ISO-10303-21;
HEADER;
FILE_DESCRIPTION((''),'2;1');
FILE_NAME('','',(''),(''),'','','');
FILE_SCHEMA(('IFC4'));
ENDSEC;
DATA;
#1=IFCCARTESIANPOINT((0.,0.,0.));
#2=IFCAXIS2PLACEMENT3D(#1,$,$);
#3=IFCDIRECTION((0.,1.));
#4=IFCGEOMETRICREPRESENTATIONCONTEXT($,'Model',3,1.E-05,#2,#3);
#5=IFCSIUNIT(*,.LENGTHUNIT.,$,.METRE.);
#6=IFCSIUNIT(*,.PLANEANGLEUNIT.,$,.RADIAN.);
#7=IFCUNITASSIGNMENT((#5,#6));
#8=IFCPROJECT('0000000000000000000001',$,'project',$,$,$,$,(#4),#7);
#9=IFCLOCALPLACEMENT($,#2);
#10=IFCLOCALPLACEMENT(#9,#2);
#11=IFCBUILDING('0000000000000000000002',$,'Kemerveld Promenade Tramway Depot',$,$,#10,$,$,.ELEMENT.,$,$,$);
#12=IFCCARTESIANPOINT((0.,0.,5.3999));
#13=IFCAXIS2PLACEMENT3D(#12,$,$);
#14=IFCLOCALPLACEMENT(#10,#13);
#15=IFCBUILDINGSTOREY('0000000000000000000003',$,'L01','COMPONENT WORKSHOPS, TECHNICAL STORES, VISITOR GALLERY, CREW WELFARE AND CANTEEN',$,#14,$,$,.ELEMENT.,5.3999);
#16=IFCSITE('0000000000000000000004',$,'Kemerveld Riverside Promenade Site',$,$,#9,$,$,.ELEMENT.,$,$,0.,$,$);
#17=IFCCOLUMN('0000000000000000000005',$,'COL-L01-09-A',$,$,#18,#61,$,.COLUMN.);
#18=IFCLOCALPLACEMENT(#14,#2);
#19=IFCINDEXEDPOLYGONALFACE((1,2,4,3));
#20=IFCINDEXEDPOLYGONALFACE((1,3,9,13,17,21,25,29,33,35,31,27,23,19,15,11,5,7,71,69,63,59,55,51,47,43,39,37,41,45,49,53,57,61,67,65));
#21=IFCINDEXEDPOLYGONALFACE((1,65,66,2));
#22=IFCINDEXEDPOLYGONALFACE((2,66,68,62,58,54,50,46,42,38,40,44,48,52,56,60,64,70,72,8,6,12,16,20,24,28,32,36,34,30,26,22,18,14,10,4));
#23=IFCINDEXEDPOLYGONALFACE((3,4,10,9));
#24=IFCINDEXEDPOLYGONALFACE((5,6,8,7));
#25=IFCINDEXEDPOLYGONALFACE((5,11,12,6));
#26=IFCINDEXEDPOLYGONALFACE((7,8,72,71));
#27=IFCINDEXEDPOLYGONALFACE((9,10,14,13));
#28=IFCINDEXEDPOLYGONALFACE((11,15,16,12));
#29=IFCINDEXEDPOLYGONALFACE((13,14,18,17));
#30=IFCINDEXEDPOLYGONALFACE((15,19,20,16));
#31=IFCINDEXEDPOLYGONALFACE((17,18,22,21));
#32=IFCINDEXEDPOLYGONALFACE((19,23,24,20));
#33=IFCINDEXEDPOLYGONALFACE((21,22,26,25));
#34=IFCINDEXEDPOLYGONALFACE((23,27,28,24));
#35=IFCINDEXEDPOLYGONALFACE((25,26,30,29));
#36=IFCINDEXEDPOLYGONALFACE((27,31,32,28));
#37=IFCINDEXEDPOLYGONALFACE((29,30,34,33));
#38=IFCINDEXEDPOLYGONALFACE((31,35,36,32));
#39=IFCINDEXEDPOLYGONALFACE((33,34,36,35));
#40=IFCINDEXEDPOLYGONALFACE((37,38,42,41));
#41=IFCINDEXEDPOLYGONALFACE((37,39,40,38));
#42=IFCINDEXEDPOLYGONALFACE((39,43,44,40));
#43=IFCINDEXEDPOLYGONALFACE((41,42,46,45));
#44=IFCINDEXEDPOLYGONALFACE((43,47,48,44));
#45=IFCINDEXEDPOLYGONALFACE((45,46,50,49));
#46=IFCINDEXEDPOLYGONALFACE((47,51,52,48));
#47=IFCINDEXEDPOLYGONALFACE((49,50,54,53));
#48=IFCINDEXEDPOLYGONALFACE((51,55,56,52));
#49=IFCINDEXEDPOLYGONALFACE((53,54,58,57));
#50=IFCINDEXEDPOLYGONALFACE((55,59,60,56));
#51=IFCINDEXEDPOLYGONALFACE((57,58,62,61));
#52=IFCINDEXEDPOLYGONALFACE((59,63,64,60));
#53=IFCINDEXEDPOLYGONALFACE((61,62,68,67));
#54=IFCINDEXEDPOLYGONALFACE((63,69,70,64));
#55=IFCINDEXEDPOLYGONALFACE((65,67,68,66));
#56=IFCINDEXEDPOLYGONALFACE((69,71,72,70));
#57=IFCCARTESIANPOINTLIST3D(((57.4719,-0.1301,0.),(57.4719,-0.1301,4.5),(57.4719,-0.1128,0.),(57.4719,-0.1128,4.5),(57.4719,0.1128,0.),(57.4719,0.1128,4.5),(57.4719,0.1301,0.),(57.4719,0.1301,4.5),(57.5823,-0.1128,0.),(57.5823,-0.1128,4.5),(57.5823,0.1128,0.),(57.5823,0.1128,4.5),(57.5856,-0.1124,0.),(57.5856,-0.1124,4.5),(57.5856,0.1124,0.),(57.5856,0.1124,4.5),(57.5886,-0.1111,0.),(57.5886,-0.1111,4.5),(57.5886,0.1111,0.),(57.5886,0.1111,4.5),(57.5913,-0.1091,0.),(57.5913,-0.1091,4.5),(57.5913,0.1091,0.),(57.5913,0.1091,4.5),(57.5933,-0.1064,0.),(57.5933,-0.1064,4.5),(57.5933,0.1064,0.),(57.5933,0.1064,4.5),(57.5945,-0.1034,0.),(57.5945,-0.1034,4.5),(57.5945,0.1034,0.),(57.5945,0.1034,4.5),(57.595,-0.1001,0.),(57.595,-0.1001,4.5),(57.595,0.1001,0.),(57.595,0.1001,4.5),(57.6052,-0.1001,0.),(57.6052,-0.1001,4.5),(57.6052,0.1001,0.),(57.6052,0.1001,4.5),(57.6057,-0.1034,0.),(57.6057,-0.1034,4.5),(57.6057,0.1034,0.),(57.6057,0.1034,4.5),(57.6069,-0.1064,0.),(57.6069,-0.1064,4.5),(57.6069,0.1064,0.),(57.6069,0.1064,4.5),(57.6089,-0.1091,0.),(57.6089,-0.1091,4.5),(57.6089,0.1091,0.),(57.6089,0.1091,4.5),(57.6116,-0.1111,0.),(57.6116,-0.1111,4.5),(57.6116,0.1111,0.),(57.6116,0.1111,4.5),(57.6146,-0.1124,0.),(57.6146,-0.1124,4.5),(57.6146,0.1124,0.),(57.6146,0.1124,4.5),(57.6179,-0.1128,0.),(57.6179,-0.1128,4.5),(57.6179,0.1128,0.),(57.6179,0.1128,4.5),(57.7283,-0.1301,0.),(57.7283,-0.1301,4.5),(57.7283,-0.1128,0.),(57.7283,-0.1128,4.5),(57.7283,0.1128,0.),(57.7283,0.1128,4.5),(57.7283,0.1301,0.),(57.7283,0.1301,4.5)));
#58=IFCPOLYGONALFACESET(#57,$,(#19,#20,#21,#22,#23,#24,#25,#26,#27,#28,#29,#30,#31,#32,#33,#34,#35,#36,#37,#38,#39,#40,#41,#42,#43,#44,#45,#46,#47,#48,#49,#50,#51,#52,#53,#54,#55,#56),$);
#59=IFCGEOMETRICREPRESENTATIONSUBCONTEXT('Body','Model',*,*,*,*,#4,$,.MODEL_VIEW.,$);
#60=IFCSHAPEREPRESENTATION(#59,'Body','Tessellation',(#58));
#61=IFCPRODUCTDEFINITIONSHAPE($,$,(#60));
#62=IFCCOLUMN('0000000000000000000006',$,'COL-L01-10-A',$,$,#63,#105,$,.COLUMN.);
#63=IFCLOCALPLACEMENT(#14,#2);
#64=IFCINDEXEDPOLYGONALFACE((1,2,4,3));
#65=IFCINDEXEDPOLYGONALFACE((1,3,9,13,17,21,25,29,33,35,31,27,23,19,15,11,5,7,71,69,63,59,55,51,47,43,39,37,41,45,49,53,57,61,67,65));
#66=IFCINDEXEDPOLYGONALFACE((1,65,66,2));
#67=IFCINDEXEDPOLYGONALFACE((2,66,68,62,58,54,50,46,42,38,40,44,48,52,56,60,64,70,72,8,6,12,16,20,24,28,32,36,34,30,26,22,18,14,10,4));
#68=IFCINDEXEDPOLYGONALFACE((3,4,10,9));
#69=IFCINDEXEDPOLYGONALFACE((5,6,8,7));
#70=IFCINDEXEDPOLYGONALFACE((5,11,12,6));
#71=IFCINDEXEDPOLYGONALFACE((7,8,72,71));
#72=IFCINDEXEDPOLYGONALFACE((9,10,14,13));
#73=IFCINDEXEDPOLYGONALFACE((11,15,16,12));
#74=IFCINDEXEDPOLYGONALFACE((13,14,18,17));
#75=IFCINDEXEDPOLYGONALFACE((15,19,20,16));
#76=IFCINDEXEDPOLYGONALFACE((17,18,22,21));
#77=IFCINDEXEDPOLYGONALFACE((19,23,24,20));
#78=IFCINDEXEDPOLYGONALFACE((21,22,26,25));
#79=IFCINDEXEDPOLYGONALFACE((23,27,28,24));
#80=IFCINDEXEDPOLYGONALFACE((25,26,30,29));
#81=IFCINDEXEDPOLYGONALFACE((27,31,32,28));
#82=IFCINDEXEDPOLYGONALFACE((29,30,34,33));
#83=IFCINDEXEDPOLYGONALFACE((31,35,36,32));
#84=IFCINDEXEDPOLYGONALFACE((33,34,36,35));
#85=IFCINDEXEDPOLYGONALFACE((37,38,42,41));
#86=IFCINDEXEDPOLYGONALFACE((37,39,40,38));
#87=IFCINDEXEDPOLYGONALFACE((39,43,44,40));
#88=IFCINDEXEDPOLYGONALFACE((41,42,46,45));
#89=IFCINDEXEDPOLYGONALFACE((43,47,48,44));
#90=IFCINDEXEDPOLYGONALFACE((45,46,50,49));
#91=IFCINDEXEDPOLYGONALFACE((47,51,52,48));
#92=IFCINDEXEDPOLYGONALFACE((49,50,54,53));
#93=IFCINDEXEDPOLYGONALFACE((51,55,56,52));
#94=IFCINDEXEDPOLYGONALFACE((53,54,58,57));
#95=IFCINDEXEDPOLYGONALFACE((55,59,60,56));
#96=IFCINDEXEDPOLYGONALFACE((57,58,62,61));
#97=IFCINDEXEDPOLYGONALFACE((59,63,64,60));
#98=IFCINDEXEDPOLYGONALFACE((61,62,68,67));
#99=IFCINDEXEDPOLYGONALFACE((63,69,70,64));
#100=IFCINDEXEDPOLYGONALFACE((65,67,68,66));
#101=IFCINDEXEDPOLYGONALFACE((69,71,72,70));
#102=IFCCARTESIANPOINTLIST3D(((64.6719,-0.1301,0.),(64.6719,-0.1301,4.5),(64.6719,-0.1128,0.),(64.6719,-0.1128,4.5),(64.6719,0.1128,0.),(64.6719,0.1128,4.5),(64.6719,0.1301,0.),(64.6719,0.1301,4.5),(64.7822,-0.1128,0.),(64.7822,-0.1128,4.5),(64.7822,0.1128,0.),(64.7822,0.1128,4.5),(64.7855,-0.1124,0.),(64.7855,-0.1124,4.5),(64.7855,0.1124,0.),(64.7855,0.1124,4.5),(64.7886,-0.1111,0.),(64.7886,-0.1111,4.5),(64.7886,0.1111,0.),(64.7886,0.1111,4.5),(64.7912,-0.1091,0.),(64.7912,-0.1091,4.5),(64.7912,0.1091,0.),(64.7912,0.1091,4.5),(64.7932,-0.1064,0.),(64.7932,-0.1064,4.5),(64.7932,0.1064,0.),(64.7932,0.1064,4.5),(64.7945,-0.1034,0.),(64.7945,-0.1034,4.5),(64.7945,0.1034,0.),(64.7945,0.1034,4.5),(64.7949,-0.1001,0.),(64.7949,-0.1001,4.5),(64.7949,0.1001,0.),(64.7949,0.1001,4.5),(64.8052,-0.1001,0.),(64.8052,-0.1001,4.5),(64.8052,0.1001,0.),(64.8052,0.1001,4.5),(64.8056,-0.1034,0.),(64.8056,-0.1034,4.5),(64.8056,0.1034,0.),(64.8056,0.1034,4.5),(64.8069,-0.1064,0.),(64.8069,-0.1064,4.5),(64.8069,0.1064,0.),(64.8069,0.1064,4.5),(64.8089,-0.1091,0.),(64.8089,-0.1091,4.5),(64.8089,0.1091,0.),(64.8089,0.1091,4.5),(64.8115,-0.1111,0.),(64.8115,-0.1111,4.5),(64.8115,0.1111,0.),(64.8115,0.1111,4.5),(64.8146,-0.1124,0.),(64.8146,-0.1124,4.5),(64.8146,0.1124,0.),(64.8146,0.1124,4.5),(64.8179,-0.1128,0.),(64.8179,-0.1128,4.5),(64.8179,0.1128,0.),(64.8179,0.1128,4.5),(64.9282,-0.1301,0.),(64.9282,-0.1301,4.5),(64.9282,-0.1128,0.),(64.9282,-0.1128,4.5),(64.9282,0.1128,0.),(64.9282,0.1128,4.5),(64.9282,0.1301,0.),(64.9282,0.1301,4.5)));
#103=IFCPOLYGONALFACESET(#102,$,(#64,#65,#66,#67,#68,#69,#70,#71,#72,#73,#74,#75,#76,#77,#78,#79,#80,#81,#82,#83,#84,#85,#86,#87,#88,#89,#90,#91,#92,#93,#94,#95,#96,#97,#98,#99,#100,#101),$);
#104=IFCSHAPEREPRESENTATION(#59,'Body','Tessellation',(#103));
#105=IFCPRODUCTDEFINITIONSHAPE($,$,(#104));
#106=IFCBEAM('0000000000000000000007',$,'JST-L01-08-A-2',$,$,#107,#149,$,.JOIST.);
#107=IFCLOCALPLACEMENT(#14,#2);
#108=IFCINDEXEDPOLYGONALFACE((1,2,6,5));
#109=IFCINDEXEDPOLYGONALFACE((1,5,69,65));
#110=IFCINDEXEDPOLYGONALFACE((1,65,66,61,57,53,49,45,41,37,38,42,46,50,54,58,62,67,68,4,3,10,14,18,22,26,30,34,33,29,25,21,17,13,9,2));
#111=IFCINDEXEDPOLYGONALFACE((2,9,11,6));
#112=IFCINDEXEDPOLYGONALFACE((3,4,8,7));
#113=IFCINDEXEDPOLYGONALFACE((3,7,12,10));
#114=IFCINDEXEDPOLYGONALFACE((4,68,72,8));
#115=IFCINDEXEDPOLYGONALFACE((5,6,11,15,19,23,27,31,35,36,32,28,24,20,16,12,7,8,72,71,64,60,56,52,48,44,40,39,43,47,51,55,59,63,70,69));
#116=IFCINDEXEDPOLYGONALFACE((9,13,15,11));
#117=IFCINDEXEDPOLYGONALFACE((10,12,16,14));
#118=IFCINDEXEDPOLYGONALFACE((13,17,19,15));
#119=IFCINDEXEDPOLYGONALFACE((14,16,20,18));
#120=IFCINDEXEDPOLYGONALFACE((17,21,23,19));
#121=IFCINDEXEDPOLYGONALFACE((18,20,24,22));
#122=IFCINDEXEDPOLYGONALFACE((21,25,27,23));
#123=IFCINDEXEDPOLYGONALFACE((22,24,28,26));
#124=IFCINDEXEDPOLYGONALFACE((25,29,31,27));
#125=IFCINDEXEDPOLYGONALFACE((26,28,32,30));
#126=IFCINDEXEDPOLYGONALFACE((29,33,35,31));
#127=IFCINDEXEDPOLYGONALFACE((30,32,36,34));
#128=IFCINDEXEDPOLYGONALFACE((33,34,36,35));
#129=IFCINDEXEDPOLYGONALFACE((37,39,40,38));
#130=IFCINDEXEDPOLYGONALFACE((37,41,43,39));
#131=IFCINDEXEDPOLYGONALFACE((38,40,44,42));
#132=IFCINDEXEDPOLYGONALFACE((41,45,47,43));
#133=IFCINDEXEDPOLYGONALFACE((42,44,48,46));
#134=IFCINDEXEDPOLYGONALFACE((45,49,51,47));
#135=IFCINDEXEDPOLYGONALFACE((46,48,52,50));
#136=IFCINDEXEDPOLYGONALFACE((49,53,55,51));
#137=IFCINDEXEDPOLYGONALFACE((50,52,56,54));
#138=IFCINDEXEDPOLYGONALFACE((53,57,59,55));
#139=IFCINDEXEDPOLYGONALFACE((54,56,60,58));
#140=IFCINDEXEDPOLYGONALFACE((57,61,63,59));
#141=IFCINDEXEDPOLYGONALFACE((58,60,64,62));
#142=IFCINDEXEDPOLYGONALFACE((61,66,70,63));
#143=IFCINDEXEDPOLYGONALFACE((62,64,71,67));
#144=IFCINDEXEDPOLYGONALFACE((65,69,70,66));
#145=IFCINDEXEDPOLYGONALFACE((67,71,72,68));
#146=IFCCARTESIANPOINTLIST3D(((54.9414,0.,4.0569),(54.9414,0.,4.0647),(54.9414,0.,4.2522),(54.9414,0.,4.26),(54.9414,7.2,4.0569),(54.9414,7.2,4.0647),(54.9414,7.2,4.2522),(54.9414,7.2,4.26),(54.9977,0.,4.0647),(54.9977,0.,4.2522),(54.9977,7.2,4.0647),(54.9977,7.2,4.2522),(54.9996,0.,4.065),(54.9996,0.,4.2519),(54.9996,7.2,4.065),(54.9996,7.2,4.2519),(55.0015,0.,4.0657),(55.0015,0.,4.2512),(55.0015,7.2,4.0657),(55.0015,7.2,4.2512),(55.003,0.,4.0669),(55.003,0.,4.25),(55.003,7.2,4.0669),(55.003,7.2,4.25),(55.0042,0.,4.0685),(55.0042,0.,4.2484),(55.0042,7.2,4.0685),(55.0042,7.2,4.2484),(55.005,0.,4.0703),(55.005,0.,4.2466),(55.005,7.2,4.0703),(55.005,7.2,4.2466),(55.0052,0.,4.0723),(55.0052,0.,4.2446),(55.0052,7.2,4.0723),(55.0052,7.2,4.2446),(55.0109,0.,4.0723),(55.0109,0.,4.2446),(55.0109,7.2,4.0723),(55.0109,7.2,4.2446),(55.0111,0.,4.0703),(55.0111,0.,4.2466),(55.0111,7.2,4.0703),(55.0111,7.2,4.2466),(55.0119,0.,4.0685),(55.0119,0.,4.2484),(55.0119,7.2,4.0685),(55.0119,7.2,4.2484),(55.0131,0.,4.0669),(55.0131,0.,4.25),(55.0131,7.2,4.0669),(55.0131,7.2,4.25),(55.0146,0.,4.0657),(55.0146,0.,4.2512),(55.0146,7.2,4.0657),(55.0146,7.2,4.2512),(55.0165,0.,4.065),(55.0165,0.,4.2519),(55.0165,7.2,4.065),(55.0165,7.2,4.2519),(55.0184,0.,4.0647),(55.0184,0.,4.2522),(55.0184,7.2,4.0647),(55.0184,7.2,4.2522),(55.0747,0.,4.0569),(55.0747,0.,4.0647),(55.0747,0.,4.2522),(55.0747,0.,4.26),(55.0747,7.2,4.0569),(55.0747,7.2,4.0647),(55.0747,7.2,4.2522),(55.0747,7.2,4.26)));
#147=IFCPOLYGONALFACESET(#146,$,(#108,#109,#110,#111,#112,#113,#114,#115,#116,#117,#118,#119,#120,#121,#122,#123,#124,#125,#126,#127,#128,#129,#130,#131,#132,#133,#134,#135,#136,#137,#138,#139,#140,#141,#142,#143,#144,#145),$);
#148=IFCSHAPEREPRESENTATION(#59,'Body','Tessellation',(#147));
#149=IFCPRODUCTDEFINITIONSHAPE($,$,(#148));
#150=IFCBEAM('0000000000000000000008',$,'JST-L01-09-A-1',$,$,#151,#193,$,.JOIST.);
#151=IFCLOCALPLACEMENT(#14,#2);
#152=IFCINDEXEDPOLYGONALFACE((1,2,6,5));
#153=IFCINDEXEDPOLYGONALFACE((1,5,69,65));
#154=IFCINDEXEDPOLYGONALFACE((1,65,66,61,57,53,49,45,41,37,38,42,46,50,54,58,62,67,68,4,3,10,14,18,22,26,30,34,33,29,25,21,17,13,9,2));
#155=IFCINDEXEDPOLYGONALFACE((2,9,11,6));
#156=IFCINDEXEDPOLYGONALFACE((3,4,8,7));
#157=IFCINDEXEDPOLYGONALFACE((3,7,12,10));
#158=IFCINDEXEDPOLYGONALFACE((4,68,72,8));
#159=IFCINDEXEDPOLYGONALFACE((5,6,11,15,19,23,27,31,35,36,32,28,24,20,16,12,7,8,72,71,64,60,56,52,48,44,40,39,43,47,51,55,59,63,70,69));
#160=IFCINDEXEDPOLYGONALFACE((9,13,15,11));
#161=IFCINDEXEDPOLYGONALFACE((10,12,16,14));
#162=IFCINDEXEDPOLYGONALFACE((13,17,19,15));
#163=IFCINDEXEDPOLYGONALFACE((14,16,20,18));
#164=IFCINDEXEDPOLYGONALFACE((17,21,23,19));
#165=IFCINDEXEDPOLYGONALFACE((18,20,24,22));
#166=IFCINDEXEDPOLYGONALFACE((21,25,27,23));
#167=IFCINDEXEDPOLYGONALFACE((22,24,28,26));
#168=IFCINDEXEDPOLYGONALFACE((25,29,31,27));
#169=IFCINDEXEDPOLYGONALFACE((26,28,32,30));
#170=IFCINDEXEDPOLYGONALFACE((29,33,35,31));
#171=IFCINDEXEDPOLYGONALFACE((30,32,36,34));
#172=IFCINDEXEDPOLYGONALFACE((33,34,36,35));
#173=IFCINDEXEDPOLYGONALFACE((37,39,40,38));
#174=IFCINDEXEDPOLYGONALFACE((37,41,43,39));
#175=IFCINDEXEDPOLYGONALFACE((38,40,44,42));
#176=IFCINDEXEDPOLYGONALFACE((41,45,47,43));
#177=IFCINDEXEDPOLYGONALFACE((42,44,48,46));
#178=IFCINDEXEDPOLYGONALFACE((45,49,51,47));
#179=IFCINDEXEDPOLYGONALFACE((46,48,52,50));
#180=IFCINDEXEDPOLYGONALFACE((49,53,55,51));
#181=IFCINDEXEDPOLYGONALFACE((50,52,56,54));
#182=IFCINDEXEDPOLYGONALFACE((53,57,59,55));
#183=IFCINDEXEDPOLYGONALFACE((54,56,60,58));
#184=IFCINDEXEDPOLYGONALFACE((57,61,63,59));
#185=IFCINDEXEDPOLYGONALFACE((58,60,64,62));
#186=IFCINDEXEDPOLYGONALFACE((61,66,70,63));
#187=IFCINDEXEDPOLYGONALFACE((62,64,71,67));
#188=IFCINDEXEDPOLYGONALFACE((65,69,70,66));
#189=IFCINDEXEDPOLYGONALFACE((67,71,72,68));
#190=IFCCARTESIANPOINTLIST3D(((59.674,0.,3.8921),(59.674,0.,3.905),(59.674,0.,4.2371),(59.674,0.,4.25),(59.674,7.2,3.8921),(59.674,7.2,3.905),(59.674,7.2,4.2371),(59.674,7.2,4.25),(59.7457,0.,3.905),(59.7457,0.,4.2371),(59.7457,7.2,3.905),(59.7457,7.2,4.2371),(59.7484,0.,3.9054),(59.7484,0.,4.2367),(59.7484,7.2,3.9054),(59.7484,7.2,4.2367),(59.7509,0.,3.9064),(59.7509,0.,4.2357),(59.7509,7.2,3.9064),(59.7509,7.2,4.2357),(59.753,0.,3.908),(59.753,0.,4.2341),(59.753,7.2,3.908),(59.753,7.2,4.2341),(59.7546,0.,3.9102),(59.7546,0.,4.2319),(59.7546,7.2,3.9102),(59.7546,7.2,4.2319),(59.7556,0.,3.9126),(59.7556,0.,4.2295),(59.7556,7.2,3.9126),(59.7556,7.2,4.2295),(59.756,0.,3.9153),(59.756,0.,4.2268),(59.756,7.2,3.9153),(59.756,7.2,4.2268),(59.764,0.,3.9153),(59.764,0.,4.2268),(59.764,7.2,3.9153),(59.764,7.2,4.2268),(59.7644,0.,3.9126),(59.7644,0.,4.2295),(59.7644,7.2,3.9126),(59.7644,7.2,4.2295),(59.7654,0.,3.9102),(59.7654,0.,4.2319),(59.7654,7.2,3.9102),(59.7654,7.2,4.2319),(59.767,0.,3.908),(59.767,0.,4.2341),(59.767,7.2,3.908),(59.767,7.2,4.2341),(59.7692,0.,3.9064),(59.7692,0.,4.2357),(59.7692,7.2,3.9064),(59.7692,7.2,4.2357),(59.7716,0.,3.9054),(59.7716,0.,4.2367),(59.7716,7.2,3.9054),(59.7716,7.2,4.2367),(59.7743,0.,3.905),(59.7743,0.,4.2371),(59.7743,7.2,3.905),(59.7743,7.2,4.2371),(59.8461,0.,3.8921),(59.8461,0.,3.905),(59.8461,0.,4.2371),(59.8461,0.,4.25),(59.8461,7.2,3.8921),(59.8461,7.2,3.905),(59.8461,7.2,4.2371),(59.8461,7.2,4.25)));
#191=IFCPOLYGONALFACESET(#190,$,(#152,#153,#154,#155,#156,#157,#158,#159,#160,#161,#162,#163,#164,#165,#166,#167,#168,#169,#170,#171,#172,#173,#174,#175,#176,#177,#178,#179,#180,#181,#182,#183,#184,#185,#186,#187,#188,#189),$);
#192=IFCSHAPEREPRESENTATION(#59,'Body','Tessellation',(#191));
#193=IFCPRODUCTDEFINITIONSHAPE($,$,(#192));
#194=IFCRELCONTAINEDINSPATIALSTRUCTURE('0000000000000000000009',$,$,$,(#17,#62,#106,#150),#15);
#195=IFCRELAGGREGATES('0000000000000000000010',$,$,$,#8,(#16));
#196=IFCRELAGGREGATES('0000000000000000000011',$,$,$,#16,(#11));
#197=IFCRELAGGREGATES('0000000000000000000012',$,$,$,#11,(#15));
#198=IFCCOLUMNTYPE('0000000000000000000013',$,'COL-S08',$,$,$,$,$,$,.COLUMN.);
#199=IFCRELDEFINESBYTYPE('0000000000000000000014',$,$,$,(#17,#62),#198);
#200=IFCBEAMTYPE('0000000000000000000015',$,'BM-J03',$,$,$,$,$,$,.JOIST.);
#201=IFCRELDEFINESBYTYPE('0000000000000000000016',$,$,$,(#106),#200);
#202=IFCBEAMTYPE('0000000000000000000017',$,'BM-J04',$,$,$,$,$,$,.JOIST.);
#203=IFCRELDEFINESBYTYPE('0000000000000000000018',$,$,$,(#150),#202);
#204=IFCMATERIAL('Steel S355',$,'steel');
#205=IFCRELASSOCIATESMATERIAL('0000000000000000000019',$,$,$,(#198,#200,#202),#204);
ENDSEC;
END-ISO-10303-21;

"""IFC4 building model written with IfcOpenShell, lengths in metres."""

from ifc_helpers import new_model, si_unit, direction, frame, origin, origin_2d, place, context, subcontext, project, spatial, i_section, extrude, material, material_profile, profile_set, type_object, element, save


model = new_model("IFC4")

# Units and contexts
model_context = context("Model", 3, precision=1e-05, world=origin(), true_north=direction((0.0, 1.0)))
body_context = subcontext(model_context, "Body", "Model", "MODEL_VIEW")
ifc_project = project(units=[si_unit("LENGTHUNIT", "METRE"), si_unit("PLANEANGLEUNIT", "RADIAN")], contexts=[model_context])

# Site, building, storey
site_placement = place(None, origin())
site = spatial("IfcSite", under=ifc_project, at=site_placement, Name="Kemerveld Riverside Promenade Site", CompositionType="ELEMENT", RefElevation=0.0)
building_placement = place(site_placement, origin())
building = spatial("IfcBuilding", under=site, at=building_placement, Name="Kemerveld Promenade Tramway Depot", CompositionType="ELEMENT")
storey_placement = place(building_placement, frame((0.0, 0.0, 5.3999)))
storey = spatial("IfcBuildingStorey", under=building, at=storey_placement, Name="L01", Description="COMPONENT WORKSHOPS, TECHNICAL STORES, VISITOR GALLERY, CREW WELFARE AND CANTEEN", CompositionType="ELEMENT", Elevation=5.3999)

# Columns
ifc_material_1 = material(Name="Steel S355", Category="steel")
ifc_material_profile_1 = material_profile(ifc_material_1, i_section(OverallWidth=0.2563, OverallDepth=0.2603, WebThickness=0.0103, FlangeThickness=0.0173, FilletRadius=0.0127, at=origin_2d()), Name="254x254x89 UC")
ifc_profile_set_1 = profile_set([ifc_material_profile_1], Name="Steel S355")
column_type = type_object("IfcColumnType", Name="COL-S08", PredefinedType="COLUMN", material=ifc_profile_set_1)
for number, where, z_axis, x_axis, name in (
    (1, (57.6001, 0.0, 0.0), (0.0, 0.0, 1.0), (1.0, 0.0, 0.0), "COL-L01-09-A"),
    (2, (64.8, 0.0, 0.0), (0.0, 0.0, 1.0), (1.0, 0.0, 0.0), "COL-L01-10-A"),
):
    element("IfcColumn", number, at=place(storey_placement, frame(where, z_axis=z_axis, x_axis=x_axis)), inside=storey, type_object=column_type, Name=name, PredefinedType="COLUMN", context=body_context, shape_type="SweptSolid", body=[
        extrude(i_section(OverallWidth=0.2563, OverallDepth=0.2603, WebThickness=0.0103, FlangeThickness=0.0173, FilletRadius=0.0127, at=origin_2d()), origin(), (0.0, 0.0, 1.0), 4.5),
    ])

# Beams
ifc_material_profile_2 = material_profile(ifc_material_1, i_section(OverallWidth=0.1333, OverallDepth=0.2031, WebThickness=0.0056, FlangeThickness=0.0078, FilletRadius=0.0076, at=origin_2d()), Name="203x133x25 UB")
ifc_profile_set_2 = profile_set([ifc_material_profile_2], Name="Steel S355")
beam_type_1 = type_object("IfcBeamType", Name="BM-J03", PredefinedType="JOIST", material=ifc_profile_set_2)
beam_1_placement = place(storey_placement, frame((55.0081, 0.0, 4.1584), z_axis=(0.0, 1.0, 0.0), x_axis=(-1.0, 0.0, 0.0)))
element("IfcBeam", 3, at=beam_1_placement, inside=storey, type_object=beam_type_1, Name="JST-L01-08-A-2", PredefinedType="JOIST", context=body_context, shape_type="SweptSolid", body=[
    extrude(i_section(OverallWidth=0.1333, OverallDepth=0.2031, WebThickness=0.0056, FlangeThickness=0.0078, FilletRadius=0.0076, at=origin_2d()), origin(), (0.0, 0.0, 1.0), 7.2),
])
ifc_material_profile_3 = material_profile(ifc_material_1, i_section(OverallWidth=0.1721, OverallDepth=0.3579, WebThickness=0.0081, FlangeThickness=0.0129, FilletRadius=0.0103, at=origin_2d()), Name="356x171x57 UB")
ifc_profile_set_3 = profile_set([ifc_material_profile_3], Name="Steel S355")
beam_type_2 = type_object("IfcBeamType", Name="BM-J04", PredefinedType="JOIST", material=ifc_profile_set_3)
for number, where, z_axis, x_axis, name in (
    (4, (59.76, 0.0, 4.071), (0.0, 1.0, 0.0), (-1.0, 0.0, 0.0), "JST-L01-09-A-1"),
):
    element("IfcBeam", number, at=place(storey_placement, frame(where, z_axis=z_axis, x_axis=x_axis)), inside=storey, type_object=beam_type_2, Name=name, PredefinedType="JOIST", context=body_context, shape_type="SweptSolid", body=[
        extrude(i_section(OverallWidth=0.1721, OverallDepth=0.3579, WebThickness=0.0081, FlangeThickness=0.0129, FilletRadius=0.0103, at=origin_2d()), origin(), (0.0, 0.0, 1.0), 7.2),
    ])

save(model, "model.ifc")
